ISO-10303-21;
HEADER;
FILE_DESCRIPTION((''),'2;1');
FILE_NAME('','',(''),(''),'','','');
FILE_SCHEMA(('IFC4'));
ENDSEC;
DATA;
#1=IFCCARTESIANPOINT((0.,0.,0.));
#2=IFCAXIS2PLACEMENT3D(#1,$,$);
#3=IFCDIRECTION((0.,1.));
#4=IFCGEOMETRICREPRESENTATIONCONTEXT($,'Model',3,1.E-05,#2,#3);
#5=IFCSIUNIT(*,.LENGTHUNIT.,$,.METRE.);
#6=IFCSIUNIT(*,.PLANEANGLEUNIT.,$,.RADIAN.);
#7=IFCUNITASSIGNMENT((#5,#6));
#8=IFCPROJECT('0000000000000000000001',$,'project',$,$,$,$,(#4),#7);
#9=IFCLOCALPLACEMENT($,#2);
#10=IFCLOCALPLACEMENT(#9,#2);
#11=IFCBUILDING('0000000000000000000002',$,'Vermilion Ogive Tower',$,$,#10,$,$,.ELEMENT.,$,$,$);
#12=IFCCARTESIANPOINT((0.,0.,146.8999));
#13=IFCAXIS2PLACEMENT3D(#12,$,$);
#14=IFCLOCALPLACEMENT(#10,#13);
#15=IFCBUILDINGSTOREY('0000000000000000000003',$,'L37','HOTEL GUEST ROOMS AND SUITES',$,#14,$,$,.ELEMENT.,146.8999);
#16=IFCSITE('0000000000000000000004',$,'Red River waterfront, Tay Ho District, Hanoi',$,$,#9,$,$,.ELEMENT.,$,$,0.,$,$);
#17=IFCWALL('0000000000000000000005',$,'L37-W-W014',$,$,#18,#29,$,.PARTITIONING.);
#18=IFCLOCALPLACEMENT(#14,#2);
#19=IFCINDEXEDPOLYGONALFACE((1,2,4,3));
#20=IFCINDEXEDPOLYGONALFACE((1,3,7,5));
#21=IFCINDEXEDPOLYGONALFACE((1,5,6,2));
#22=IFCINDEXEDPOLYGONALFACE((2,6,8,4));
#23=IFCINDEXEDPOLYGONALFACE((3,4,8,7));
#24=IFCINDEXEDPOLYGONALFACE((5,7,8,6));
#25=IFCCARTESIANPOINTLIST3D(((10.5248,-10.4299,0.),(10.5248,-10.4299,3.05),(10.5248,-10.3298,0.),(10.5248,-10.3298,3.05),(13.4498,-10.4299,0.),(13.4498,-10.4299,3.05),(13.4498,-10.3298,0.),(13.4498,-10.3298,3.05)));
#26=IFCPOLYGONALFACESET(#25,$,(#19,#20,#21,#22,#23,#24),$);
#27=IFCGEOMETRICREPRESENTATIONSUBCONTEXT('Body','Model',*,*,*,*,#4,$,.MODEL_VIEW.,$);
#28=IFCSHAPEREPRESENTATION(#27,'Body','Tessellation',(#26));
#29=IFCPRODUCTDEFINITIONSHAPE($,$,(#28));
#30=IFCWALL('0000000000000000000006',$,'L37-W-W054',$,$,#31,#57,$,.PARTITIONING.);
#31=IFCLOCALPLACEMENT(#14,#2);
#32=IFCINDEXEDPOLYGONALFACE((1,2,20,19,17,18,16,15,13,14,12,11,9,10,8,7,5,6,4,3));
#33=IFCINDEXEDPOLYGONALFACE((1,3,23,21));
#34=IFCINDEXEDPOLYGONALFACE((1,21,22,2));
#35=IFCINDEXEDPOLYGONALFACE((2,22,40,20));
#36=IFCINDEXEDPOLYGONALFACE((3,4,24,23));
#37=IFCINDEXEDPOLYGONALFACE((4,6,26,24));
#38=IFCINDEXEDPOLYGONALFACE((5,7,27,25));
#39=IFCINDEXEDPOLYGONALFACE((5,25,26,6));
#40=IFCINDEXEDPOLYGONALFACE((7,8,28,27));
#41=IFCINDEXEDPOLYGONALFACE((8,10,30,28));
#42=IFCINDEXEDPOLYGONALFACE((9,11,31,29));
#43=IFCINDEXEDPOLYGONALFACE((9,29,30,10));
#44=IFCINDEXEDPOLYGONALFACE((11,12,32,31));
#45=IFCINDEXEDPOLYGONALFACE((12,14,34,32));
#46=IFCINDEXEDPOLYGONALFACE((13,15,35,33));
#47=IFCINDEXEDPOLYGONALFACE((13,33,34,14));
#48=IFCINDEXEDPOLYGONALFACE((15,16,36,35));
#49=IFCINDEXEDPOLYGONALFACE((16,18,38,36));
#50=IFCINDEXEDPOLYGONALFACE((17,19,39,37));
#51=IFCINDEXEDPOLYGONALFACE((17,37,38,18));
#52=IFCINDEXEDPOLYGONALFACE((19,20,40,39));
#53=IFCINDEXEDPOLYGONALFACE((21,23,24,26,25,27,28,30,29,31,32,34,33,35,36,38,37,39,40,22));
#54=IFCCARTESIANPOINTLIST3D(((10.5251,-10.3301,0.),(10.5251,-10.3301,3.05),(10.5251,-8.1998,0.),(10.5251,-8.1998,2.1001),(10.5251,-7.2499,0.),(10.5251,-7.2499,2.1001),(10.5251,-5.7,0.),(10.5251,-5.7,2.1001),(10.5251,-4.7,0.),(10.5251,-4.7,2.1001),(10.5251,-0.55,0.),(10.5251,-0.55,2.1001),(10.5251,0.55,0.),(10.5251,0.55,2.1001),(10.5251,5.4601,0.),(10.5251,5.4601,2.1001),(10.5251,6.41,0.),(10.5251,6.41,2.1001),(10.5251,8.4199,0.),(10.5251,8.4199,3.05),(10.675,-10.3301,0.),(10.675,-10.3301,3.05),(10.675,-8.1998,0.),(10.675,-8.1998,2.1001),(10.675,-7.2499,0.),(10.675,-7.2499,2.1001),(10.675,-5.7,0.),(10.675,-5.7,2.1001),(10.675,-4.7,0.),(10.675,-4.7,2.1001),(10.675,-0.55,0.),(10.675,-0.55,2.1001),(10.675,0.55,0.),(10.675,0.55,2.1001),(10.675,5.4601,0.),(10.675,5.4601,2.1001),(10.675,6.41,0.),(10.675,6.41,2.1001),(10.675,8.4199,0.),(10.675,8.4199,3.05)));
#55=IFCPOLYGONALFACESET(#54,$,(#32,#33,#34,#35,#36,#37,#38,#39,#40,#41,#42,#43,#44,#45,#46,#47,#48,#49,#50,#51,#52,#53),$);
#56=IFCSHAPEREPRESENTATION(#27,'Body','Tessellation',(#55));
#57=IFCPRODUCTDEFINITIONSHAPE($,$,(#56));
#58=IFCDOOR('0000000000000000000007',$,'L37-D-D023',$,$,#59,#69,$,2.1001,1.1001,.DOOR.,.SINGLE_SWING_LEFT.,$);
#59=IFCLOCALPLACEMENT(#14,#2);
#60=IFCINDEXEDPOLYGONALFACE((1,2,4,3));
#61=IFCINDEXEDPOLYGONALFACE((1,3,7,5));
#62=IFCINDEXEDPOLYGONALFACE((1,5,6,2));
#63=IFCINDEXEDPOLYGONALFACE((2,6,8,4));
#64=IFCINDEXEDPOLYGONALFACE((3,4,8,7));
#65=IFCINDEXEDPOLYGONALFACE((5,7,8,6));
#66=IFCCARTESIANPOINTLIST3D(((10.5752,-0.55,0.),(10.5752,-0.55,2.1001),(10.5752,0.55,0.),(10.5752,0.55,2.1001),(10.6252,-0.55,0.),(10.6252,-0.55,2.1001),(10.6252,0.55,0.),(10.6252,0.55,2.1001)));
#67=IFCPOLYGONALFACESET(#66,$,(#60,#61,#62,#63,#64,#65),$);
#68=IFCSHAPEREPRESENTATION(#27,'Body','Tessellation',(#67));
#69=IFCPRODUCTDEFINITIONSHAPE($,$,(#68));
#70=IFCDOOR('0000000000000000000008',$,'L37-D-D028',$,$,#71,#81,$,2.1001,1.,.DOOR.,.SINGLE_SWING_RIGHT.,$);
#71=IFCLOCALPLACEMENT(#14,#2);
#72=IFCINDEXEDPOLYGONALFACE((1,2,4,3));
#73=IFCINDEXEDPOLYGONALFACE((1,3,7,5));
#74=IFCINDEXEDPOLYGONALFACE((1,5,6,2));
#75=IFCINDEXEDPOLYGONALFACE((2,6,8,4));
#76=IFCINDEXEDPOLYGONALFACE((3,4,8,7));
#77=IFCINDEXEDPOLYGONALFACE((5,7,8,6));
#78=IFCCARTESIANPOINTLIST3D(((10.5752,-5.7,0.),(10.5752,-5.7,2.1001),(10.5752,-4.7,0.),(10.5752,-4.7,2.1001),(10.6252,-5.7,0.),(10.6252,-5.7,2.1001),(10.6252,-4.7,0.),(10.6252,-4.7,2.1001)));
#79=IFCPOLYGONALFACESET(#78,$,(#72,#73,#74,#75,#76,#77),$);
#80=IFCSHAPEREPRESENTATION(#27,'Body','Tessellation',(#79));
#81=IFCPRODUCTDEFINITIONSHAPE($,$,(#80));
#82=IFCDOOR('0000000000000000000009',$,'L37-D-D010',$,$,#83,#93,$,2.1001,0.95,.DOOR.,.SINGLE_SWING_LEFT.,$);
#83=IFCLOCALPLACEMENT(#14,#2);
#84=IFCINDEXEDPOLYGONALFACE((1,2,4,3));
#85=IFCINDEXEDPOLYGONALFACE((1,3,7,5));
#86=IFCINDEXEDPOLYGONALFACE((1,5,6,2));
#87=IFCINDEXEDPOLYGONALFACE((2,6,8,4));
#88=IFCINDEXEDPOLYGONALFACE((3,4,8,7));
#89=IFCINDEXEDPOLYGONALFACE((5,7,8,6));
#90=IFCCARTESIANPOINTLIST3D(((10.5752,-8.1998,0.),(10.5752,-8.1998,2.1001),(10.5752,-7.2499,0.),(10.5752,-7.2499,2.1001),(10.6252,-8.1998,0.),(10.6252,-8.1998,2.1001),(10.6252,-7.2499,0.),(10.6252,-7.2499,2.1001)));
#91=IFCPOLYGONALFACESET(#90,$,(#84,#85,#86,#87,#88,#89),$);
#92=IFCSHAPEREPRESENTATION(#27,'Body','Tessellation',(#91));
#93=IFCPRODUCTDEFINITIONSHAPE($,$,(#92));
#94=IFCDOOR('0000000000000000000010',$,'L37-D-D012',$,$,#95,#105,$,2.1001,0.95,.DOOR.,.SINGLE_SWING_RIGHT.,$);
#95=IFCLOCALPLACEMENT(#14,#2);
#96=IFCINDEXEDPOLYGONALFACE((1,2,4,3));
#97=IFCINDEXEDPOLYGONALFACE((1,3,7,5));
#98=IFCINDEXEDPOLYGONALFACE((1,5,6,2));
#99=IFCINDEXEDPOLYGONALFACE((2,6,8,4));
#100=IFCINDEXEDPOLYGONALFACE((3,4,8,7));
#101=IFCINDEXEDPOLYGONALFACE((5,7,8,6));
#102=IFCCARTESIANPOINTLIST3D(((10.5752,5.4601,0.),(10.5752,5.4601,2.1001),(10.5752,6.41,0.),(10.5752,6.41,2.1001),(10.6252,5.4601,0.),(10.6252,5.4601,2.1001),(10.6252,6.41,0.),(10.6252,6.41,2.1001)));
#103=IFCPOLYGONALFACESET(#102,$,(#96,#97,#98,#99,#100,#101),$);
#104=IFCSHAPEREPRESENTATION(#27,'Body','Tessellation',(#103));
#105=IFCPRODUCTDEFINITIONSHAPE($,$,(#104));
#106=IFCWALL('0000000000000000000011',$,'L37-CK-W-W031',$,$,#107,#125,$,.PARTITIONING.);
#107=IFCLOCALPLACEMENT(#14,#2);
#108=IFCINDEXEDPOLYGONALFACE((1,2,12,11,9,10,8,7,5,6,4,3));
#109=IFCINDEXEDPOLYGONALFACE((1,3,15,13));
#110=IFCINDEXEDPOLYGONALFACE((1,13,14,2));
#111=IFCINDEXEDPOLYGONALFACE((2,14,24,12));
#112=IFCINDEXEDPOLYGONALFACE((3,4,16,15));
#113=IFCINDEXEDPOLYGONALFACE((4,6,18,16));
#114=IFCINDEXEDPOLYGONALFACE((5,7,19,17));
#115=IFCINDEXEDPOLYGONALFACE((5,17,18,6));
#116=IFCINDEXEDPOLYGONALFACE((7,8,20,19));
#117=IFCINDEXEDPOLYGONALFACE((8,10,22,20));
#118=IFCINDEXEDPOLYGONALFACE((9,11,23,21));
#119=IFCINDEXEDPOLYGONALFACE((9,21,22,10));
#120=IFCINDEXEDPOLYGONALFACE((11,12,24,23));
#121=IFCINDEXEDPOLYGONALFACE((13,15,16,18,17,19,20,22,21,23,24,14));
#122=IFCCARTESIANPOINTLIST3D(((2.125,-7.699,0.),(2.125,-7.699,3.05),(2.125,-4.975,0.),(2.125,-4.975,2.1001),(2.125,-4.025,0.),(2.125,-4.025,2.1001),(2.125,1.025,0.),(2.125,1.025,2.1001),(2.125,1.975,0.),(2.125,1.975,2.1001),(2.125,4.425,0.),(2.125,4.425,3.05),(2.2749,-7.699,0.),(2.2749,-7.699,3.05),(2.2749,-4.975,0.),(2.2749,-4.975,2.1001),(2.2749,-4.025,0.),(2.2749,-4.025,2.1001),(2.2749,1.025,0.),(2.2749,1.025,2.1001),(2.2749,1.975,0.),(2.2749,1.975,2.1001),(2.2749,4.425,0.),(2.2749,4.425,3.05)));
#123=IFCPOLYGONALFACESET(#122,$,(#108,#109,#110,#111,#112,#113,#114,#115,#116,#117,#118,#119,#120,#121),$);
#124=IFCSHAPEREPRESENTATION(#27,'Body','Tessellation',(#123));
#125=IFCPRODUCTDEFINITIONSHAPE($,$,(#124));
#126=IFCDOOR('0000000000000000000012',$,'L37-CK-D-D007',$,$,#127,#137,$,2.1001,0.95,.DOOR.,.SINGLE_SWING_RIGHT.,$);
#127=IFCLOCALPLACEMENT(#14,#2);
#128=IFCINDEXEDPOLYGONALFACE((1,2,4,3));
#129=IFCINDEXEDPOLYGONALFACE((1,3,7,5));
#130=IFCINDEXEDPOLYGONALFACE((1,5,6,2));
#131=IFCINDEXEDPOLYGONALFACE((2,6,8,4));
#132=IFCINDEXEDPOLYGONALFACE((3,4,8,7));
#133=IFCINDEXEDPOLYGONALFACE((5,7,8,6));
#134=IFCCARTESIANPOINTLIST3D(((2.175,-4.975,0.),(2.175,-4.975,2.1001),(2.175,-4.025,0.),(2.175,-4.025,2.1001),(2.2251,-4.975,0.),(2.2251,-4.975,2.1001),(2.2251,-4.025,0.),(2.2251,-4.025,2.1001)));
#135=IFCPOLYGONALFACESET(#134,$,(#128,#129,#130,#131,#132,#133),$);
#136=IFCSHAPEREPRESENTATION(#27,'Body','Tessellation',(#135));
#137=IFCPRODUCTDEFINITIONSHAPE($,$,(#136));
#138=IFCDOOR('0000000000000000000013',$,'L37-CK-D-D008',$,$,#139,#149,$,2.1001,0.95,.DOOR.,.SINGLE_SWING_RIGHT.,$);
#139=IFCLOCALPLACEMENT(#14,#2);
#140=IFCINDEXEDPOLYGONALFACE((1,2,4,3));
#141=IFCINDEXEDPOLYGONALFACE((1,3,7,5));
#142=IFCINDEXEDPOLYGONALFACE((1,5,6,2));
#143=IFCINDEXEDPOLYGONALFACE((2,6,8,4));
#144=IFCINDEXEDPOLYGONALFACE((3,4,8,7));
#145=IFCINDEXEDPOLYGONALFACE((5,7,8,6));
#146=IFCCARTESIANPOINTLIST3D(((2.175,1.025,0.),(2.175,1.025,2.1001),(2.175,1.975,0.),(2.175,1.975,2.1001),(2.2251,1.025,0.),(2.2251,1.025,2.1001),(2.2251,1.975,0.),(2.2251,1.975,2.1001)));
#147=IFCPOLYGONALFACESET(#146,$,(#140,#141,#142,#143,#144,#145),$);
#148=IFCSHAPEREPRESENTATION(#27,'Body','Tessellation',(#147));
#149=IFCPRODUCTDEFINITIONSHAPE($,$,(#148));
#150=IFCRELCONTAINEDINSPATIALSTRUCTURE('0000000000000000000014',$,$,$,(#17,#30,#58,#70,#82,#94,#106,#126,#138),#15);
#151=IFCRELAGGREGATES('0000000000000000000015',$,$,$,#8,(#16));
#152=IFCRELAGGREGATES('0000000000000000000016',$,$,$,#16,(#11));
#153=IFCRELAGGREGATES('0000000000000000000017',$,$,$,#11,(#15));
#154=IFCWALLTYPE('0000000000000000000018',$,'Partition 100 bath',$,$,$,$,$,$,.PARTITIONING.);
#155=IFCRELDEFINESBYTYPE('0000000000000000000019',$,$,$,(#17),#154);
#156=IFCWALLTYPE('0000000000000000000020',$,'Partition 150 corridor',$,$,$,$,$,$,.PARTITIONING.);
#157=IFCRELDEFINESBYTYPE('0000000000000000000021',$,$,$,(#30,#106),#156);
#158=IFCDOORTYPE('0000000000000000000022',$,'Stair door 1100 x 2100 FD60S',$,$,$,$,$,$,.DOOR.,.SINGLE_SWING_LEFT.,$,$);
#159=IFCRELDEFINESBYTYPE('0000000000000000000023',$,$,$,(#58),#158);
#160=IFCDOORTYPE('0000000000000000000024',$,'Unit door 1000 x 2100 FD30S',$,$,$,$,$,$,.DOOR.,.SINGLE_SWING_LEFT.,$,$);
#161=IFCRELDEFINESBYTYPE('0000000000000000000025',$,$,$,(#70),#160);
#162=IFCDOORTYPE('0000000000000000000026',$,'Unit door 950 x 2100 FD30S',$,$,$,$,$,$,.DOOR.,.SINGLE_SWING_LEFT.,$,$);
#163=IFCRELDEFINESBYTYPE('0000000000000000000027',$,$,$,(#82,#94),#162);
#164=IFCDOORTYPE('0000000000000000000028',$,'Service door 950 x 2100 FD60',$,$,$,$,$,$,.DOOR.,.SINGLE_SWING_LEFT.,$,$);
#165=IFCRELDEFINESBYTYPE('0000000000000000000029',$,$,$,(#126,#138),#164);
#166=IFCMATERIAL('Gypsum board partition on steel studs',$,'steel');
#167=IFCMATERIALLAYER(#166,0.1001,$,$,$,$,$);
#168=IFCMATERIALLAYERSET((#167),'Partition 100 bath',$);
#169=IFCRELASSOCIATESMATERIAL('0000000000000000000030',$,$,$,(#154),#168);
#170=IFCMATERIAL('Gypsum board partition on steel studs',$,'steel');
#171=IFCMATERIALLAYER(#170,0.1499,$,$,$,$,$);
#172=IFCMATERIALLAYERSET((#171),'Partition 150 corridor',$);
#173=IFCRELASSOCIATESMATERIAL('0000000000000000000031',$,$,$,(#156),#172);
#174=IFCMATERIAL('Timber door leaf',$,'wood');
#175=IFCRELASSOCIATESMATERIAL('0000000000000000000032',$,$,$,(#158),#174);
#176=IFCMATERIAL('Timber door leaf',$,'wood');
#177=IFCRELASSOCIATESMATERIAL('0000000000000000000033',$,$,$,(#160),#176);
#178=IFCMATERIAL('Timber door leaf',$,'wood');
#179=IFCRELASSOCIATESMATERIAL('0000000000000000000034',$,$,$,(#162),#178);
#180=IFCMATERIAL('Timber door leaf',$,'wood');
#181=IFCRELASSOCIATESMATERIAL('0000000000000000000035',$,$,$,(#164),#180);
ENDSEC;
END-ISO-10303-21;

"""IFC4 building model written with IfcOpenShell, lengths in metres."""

from ifc_helpers import new_model, si_unit, direction, frame, frame_2d, origin, place, context, subcontext, project, spatial, rectangle, extrude, material, layer, layer_set, type_object, element, fill, save


model = new_model("IFC4")

# Units and contexts
model_context = context("Model", 3, precision=1e-05, world=origin(), true_north=direction((0.0, 1.0)))
body_context = subcontext(model_context, "Body", "Model", "MODEL_VIEW")
ifc_project = project(units=[si_unit("LENGTHUNIT", "METRE"), si_unit("PLANEANGLEUNIT", "RADIAN")], contexts=[model_context])

# Site, building, storey
site_placement = place(None, origin())
site = spatial("IfcSite", under=ifc_project, at=site_placement, Name="Red River waterfront, Tay Ho District, Hanoi", CompositionType="ELEMENT", RefElevation=0.0)
building_placement = place(site_placement, origin())
building = spatial("IfcBuilding", under=site, at=building_placement, Name="Vermilion Ogive Tower", CompositionType="ELEMENT")
storey_placement = place(building_placement, frame((0.0, 0.0, 146.8999)))
storey = spatial("IfcBuildingStorey", under=building, at=storey_placement, Name="L37", Description="HOTEL GUEST ROOMS AND SUITES", CompositionType="ELEMENT", Elevation=146.8999)

# Wall
ifc_material_1 = material(Name="Gypsum board partition on steel studs", Category="steel")
ifc_layer_1 = layer(ifc_material_1, 0.1001)
ifc_layer_set_1 = layer_set([ifc_layer_1], Name="Partition 100 bath")
wall_type_1 = type_object("IfcWallType", Name="Partition 100 bath", PredefinedType="PARTITIONING", material=ifc_layer_set_1)
wall_1_placement = place(storey_placement, frame((10.5249, -10.3799, 0.0), z_axis=(0.0, 0.0, 1.0), x_axis=(1.0, 0.0, 0.0)))
element("IfcWall", 1, at=wall_1_placement, inside=storey, type_object=wall_type_1, Name="L37-W-W014", PredefinedType="PARTITIONING", context=body_context, shape_type="SweptSolid", body=[
    extrude(rectangle(XDim=2.925, YDim=0.1001, at=frame_2d((1.4624, 0.0))), origin(), (0.0, 0.0, 1.0), 3.05),
])

# Walls, openings, doors
ifc_material_2 = material(Name="Gypsum board partition on steel studs", Category="steel")
ifc_layer_2 = layer(ifc_material_2, 0.1499)
ifc_layer_set_2 = layer_set([ifc_layer_2], Name="Partition 150 corridor")
wall_type_2 = type_object("IfcWallType", Name="Partition 150 corridor", PredefinedType="PARTITIONING", material=ifc_layer_set_2)
wall_2_placement = place(storey_placement, frame((10.6001, -10.3301, 0.0), z_axis=(0.0, 0.0, 1.0), x_axis=(0.0, 1.0, 0.0)))
wall_2 = element("IfcWall", 2, at=wall_2_placement, inside=storey, type_object=wall_type_2, Name="L37-W-W054", PredefinedType="PARTITIONING", context=body_context, shape_type="SweptSolid", body=[
    extrude(rectangle(XDim=18.75, YDim=0.1499, at=frame_2d((9.375, 0.0))), origin(), (0.0, 0.0, 1.0), 3.05),
])
opening_1_placement = place(wall_2_placement, frame((2.1301, 0.0, 0.0)))
opening_1 = element("IfcOpeningElement", 3, at=opening_1_placement, cuts=wall_2, PredefinedType="OPENING", context=body_context, shape_type="SweptSolid", body=[
    extrude(rectangle(XDim=0.95, YDim=2.1001, at=frame_2d((0.4751, 1.05))), frame((0.0, 0.085, 0.0), z_axis=(0.0, -1.0, 0.0), x_axis=(1.0, 0.0, 0.0)), (0.0, 0.0, 1.0), 0.1699),
])
opening_2_placement = place(wall_2_placement, frame((15.79, 0.0, 0.0)))
opening_2 = element("IfcOpeningElement", 4, at=opening_2_placement, cuts=wall_2, PredefinedType="OPENING", context=body_context, shape_type="SweptSolid", body=[
    extrude(rectangle(XDim=0.95, YDim=2.1001, at=frame_2d((0.4751, 1.05))), frame((0.0, 0.085, 0.0), z_axis=(0.0, -1.0, 0.0), x_axis=(1.0, 0.0, 0.0)), (0.0, 0.0, 1.0), 0.1699),
])
opening_3_placement = place(wall_2_placement, frame((9.78, 0.0, 0.0)))
opening_3 = element("IfcOpeningElement", 5, at=opening_3_placement, cuts=wall_2, PredefinedType="OPENING", context=body_context, shape_type="SweptSolid", body=[
    extrude(rectangle(XDim=1.1001, YDim=2.1001, at=frame_2d((0.55, 1.05))), frame((0.0, 0.085, 0.0), z_axis=(0.0, -1.0, 0.0), x_axis=(1.0, 0.0, 0.0)), (0.0, 0.0, 1.0), 0.1699),
])
opening_4_placement = place(wall_2_placement, frame((4.6301, 0.0, 0.0)))
opening_4 = element("IfcOpeningElement", 6, at=opening_4_placement, cuts=wall_2, PredefinedType="OPENING", context=body_context, shape_type="SweptSolid", body=[
    extrude(rectangle(XDim=1.0, YDim=2.1001, at=frame_2d((0.5, 1.05))), frame((0.0, 0.085, 0.0), z_axis=(0.0, -1.0, 0.0), x_axis=(1.0, 0.0, 0.0)), (0.0, 0.0, 1.0), 0.1699),
])
ifc_material_3 = material(Name="Timber door leaf", Category="wood")
door_type_1 = type_object("IfcDoorType", Name="Stair door 1100 x 2100 FD60S", OperationType="SINGLE_SWING_LEFT", PredefinedType="DOOR", material=ifc_material_3)
door_1_placement = place(opening_3_placement, origin())
door_1 = element("IfcDoor", 7, at=door_1_placement, inside=storey, type_object=door_type_1, Name="L37-D-D023", OperationType="SINGLE_SWING_LEFT", OverallHeight=2.1001, OverallWidth=1.1001, PredefinedType="DOOR", context=body_context, shape_type="SweptSolid", body=[
    extrude(rectangle(XDim=1.1001, YDim=2.1001, at=frame_2d((0.55, 1.05))), frame((0.0, 0.0249, 0.0), z_axis=(0.0, -1.0, 0.0), x_axis=(1.0, 0.0, 0.0)), (0.0, 0.0, 1.0), 0.05),
])
fill(opening_3, door_1)
ifc_material_4 = material(Name="Timber door leaf", Category="wood")
door_type_2 = type_object("IfcDoorType", Name="Unit door 1000 x 2100 FD30S", OperationType="SINGLE_SWING_LEFT", PredefinedType="DOOR", material=ifc_material_4)
door_2_placement = place(opening_4_placement, origin())
door_2 = element("IfcDoor", 8, at=door_2_placement, inside=storey, type_object=door_type_2, Name="L37-D-D028", OperationType="SINGLE_SWING_RIGHT", OverallHeight=2.1001, OverallWidth=1.0, PredefinedType="DOOR", context=body_context, shape_type="SweptSolid", body=[
    extrude(rectangle(XDim=1.0, YDim=2.1001, at=frame_2d((0.5, 1.05))), frame((0.0, 0.0249, 0.0), z_axis=(0.0, -1.0, 0.0), x_axis=(1.0, 0.0, 0.0)), (0.0, 0.0, 1.0), 0.05),
])
fill(opening_4, door_2)
ifc_material_5 = material(Name="Timber door leaf", Category="wood")
door_type_3 = type_object("IfcDoorType", Name="Unit door 950 x 2100 FD30S", OperationType="SINGLE_SWING_LEFT", PredefinedType="DOOR", material=ifc_material_5)
door_3_placement = place(opening_1_placement, origin())
door_3 = element("IfcDoor", 9, at=door_3_placement, inside=storey, type_object=door_type_3, Name="L37-D-D010", OperationType="SINGLE_SWING_LEFT", OverallHeight=2.1001, OverallWidth=0.95, PredefinedType="DOOR", context=body_context, shape_type="SweptSolid", body=[
    extrude(rectangle(XDim=0.95, YDim=2.1001, at=frame_2d((0.4751, 1.05))), frame((0.0, 0.0249, 0.0), z_axis=(0.0, -1.0, 0.0), x_axis=(1.0, 0.0, 0.0)), (0.0, 0.0, 1.0), 0.05),
])
fill(opening_1, door_3)
door_4_placement = place(opening_2_placement, origin())
door_4 = element("IfcDoor", 10, at=door_4_placement, inside=storey, type_object=door_type_3, Name="L37-D-D012", OperationType="SINGLE_SWING_RIGHT", OverallHeight=2.1001, OverallWidth=0.95, PredefinedType="DOOR", context=body_context, shape_type="SweptSolid", body=[
    extrude(rectangle(XDim=0.95, YDim=2.1001, at=frame_2d((0.4751, 1.05))), frame((0.0, 0.0249, 0.0), z_axis=(0.0, -1.0, 0.0), x_axis=(1.0, 0.0, 0.0)), (0.0, 0.0, 1.0), 0.05),
])
fill(opening_2, door_4)
wall_3_placement = place(storey_placement, frame((2.2, -7.699, 0.0), z_axis=(0.0, 0.0, 1.0), x_axis=(0.0, 1.0, 0.0)))
wall_3 = element("IfcWall", 11, at=wall_3_placement, inside=storey, type_object=wall_type_2, Name="L37-CK-W-W031", PredefinedType="PARTITIONING", context=body_context, shape_type="SweptSolid", body=[
    extrude(rectangle(XDim=12.124, YDim=0.1499, at=frame_2d((6.062, 0.0))), origin(), (0.0, 0.0, 1.0), 3.05),
])
opening_5_placement = place(wall_3_placement, frame((2.7239, 0.0, 0.0)))
opening_5 = element("IfcOpeningElement", 12, at=opening_5_placement, cuts=wall_3, PredefinedType="OPENING", context=body_context, shape_type="SweptSolid", body=[
    extrude(rectangle(XDim=0.95, YDim=2.1001, at=frame_2d((0.4751, 1.05))), frame((0.0, 0.085, 0.0), z_axis=(0.0, -1.0, 0.0), x_axis=(1.0, 0.0, 0.0)), (0.0, 0.0, 1.0), 0.1699),
])
opening_6_placement = place(wall_3_placement, frame((8.7239, 0.0, 0.0)))
opening_6 = element("IfcOpeningElement", 13, at=opening_6_placement, cuts=wall_3, PredefinedType="OPENING", context=body_context, shape_type="SweptSolid", body=[
    extrude(rectangle(XDim=0.95, YDim=2.1001, at=frame_2d((0.4751, 1.05))), frame((0.0, 0.085, 0.0), z_axis=(0.0, -1.0, 0.0), x_axis=(1.0, 0.0, 0.0)), (0.0, 0.0, 1.0), 0.1699),
])
ifc_material_6 = material(Name="Timber door leaf", Category="wood")
door_type_4 = type_object("IfcDoorType", Name="Service door 950 x 2100 FD60", OperationType="SINGLE_SWING_LEFT", PredefinedType="DOOR", material=ifc_material_6)
door_5_placement = place(opening_5_placement, origin())
door_5 = element("IfcDoor", 14, at=door_5_placement, inside=storey, type_object=door_type_4, Name="L37-CK-D-D007", OperationType="SINGLE_SWING_RIGHT", OverallHeight=2.1001, OverallWidth=0.95, PredefinedType="DOOR", context=body_context, shape_type="SweptSolid", body=[
    extrude(rectangle(XDim=0.95, YDim=2.1001, at=frame_2d((0.4751, 1.05))), frame((0.0, 0.0249, 0.0), z_axis=(0.0, -1.0, 0.0), x_axis=(1.0, 0.0, 0.0)), (0.0, 0.0, 1.0), 0.05),
])
fill(opening_5, door_5)
door_6_placement = place(opening_6_placement, origin())
door_6 = element("IfcDoor", 15, at=door_6_placement, inside=storey, type_object=door_type_4, Name="L37-CK-D-D008", OperationType="SINGLE_SWING_RIGHT", OverallHeight=2.1001, OverallWidth=0.95, PredefinedType="DOOR", context=body_context, shape_type="SweptSolid", body=[
    extrude(rectangle(XDim=0.95, YDim=2.1001, at=frame_2d((0.4751, 1.05))), frame((0.0, 0.0249, 0.0), z_axis=(0.0, -1.0, 0.0), x_axis=(1.0, 0.0, 0.0)), (0.0, 0.0, 1.0), 0.05),
])
fill(opening_6, door_6)

save(model, "model.ifc")
